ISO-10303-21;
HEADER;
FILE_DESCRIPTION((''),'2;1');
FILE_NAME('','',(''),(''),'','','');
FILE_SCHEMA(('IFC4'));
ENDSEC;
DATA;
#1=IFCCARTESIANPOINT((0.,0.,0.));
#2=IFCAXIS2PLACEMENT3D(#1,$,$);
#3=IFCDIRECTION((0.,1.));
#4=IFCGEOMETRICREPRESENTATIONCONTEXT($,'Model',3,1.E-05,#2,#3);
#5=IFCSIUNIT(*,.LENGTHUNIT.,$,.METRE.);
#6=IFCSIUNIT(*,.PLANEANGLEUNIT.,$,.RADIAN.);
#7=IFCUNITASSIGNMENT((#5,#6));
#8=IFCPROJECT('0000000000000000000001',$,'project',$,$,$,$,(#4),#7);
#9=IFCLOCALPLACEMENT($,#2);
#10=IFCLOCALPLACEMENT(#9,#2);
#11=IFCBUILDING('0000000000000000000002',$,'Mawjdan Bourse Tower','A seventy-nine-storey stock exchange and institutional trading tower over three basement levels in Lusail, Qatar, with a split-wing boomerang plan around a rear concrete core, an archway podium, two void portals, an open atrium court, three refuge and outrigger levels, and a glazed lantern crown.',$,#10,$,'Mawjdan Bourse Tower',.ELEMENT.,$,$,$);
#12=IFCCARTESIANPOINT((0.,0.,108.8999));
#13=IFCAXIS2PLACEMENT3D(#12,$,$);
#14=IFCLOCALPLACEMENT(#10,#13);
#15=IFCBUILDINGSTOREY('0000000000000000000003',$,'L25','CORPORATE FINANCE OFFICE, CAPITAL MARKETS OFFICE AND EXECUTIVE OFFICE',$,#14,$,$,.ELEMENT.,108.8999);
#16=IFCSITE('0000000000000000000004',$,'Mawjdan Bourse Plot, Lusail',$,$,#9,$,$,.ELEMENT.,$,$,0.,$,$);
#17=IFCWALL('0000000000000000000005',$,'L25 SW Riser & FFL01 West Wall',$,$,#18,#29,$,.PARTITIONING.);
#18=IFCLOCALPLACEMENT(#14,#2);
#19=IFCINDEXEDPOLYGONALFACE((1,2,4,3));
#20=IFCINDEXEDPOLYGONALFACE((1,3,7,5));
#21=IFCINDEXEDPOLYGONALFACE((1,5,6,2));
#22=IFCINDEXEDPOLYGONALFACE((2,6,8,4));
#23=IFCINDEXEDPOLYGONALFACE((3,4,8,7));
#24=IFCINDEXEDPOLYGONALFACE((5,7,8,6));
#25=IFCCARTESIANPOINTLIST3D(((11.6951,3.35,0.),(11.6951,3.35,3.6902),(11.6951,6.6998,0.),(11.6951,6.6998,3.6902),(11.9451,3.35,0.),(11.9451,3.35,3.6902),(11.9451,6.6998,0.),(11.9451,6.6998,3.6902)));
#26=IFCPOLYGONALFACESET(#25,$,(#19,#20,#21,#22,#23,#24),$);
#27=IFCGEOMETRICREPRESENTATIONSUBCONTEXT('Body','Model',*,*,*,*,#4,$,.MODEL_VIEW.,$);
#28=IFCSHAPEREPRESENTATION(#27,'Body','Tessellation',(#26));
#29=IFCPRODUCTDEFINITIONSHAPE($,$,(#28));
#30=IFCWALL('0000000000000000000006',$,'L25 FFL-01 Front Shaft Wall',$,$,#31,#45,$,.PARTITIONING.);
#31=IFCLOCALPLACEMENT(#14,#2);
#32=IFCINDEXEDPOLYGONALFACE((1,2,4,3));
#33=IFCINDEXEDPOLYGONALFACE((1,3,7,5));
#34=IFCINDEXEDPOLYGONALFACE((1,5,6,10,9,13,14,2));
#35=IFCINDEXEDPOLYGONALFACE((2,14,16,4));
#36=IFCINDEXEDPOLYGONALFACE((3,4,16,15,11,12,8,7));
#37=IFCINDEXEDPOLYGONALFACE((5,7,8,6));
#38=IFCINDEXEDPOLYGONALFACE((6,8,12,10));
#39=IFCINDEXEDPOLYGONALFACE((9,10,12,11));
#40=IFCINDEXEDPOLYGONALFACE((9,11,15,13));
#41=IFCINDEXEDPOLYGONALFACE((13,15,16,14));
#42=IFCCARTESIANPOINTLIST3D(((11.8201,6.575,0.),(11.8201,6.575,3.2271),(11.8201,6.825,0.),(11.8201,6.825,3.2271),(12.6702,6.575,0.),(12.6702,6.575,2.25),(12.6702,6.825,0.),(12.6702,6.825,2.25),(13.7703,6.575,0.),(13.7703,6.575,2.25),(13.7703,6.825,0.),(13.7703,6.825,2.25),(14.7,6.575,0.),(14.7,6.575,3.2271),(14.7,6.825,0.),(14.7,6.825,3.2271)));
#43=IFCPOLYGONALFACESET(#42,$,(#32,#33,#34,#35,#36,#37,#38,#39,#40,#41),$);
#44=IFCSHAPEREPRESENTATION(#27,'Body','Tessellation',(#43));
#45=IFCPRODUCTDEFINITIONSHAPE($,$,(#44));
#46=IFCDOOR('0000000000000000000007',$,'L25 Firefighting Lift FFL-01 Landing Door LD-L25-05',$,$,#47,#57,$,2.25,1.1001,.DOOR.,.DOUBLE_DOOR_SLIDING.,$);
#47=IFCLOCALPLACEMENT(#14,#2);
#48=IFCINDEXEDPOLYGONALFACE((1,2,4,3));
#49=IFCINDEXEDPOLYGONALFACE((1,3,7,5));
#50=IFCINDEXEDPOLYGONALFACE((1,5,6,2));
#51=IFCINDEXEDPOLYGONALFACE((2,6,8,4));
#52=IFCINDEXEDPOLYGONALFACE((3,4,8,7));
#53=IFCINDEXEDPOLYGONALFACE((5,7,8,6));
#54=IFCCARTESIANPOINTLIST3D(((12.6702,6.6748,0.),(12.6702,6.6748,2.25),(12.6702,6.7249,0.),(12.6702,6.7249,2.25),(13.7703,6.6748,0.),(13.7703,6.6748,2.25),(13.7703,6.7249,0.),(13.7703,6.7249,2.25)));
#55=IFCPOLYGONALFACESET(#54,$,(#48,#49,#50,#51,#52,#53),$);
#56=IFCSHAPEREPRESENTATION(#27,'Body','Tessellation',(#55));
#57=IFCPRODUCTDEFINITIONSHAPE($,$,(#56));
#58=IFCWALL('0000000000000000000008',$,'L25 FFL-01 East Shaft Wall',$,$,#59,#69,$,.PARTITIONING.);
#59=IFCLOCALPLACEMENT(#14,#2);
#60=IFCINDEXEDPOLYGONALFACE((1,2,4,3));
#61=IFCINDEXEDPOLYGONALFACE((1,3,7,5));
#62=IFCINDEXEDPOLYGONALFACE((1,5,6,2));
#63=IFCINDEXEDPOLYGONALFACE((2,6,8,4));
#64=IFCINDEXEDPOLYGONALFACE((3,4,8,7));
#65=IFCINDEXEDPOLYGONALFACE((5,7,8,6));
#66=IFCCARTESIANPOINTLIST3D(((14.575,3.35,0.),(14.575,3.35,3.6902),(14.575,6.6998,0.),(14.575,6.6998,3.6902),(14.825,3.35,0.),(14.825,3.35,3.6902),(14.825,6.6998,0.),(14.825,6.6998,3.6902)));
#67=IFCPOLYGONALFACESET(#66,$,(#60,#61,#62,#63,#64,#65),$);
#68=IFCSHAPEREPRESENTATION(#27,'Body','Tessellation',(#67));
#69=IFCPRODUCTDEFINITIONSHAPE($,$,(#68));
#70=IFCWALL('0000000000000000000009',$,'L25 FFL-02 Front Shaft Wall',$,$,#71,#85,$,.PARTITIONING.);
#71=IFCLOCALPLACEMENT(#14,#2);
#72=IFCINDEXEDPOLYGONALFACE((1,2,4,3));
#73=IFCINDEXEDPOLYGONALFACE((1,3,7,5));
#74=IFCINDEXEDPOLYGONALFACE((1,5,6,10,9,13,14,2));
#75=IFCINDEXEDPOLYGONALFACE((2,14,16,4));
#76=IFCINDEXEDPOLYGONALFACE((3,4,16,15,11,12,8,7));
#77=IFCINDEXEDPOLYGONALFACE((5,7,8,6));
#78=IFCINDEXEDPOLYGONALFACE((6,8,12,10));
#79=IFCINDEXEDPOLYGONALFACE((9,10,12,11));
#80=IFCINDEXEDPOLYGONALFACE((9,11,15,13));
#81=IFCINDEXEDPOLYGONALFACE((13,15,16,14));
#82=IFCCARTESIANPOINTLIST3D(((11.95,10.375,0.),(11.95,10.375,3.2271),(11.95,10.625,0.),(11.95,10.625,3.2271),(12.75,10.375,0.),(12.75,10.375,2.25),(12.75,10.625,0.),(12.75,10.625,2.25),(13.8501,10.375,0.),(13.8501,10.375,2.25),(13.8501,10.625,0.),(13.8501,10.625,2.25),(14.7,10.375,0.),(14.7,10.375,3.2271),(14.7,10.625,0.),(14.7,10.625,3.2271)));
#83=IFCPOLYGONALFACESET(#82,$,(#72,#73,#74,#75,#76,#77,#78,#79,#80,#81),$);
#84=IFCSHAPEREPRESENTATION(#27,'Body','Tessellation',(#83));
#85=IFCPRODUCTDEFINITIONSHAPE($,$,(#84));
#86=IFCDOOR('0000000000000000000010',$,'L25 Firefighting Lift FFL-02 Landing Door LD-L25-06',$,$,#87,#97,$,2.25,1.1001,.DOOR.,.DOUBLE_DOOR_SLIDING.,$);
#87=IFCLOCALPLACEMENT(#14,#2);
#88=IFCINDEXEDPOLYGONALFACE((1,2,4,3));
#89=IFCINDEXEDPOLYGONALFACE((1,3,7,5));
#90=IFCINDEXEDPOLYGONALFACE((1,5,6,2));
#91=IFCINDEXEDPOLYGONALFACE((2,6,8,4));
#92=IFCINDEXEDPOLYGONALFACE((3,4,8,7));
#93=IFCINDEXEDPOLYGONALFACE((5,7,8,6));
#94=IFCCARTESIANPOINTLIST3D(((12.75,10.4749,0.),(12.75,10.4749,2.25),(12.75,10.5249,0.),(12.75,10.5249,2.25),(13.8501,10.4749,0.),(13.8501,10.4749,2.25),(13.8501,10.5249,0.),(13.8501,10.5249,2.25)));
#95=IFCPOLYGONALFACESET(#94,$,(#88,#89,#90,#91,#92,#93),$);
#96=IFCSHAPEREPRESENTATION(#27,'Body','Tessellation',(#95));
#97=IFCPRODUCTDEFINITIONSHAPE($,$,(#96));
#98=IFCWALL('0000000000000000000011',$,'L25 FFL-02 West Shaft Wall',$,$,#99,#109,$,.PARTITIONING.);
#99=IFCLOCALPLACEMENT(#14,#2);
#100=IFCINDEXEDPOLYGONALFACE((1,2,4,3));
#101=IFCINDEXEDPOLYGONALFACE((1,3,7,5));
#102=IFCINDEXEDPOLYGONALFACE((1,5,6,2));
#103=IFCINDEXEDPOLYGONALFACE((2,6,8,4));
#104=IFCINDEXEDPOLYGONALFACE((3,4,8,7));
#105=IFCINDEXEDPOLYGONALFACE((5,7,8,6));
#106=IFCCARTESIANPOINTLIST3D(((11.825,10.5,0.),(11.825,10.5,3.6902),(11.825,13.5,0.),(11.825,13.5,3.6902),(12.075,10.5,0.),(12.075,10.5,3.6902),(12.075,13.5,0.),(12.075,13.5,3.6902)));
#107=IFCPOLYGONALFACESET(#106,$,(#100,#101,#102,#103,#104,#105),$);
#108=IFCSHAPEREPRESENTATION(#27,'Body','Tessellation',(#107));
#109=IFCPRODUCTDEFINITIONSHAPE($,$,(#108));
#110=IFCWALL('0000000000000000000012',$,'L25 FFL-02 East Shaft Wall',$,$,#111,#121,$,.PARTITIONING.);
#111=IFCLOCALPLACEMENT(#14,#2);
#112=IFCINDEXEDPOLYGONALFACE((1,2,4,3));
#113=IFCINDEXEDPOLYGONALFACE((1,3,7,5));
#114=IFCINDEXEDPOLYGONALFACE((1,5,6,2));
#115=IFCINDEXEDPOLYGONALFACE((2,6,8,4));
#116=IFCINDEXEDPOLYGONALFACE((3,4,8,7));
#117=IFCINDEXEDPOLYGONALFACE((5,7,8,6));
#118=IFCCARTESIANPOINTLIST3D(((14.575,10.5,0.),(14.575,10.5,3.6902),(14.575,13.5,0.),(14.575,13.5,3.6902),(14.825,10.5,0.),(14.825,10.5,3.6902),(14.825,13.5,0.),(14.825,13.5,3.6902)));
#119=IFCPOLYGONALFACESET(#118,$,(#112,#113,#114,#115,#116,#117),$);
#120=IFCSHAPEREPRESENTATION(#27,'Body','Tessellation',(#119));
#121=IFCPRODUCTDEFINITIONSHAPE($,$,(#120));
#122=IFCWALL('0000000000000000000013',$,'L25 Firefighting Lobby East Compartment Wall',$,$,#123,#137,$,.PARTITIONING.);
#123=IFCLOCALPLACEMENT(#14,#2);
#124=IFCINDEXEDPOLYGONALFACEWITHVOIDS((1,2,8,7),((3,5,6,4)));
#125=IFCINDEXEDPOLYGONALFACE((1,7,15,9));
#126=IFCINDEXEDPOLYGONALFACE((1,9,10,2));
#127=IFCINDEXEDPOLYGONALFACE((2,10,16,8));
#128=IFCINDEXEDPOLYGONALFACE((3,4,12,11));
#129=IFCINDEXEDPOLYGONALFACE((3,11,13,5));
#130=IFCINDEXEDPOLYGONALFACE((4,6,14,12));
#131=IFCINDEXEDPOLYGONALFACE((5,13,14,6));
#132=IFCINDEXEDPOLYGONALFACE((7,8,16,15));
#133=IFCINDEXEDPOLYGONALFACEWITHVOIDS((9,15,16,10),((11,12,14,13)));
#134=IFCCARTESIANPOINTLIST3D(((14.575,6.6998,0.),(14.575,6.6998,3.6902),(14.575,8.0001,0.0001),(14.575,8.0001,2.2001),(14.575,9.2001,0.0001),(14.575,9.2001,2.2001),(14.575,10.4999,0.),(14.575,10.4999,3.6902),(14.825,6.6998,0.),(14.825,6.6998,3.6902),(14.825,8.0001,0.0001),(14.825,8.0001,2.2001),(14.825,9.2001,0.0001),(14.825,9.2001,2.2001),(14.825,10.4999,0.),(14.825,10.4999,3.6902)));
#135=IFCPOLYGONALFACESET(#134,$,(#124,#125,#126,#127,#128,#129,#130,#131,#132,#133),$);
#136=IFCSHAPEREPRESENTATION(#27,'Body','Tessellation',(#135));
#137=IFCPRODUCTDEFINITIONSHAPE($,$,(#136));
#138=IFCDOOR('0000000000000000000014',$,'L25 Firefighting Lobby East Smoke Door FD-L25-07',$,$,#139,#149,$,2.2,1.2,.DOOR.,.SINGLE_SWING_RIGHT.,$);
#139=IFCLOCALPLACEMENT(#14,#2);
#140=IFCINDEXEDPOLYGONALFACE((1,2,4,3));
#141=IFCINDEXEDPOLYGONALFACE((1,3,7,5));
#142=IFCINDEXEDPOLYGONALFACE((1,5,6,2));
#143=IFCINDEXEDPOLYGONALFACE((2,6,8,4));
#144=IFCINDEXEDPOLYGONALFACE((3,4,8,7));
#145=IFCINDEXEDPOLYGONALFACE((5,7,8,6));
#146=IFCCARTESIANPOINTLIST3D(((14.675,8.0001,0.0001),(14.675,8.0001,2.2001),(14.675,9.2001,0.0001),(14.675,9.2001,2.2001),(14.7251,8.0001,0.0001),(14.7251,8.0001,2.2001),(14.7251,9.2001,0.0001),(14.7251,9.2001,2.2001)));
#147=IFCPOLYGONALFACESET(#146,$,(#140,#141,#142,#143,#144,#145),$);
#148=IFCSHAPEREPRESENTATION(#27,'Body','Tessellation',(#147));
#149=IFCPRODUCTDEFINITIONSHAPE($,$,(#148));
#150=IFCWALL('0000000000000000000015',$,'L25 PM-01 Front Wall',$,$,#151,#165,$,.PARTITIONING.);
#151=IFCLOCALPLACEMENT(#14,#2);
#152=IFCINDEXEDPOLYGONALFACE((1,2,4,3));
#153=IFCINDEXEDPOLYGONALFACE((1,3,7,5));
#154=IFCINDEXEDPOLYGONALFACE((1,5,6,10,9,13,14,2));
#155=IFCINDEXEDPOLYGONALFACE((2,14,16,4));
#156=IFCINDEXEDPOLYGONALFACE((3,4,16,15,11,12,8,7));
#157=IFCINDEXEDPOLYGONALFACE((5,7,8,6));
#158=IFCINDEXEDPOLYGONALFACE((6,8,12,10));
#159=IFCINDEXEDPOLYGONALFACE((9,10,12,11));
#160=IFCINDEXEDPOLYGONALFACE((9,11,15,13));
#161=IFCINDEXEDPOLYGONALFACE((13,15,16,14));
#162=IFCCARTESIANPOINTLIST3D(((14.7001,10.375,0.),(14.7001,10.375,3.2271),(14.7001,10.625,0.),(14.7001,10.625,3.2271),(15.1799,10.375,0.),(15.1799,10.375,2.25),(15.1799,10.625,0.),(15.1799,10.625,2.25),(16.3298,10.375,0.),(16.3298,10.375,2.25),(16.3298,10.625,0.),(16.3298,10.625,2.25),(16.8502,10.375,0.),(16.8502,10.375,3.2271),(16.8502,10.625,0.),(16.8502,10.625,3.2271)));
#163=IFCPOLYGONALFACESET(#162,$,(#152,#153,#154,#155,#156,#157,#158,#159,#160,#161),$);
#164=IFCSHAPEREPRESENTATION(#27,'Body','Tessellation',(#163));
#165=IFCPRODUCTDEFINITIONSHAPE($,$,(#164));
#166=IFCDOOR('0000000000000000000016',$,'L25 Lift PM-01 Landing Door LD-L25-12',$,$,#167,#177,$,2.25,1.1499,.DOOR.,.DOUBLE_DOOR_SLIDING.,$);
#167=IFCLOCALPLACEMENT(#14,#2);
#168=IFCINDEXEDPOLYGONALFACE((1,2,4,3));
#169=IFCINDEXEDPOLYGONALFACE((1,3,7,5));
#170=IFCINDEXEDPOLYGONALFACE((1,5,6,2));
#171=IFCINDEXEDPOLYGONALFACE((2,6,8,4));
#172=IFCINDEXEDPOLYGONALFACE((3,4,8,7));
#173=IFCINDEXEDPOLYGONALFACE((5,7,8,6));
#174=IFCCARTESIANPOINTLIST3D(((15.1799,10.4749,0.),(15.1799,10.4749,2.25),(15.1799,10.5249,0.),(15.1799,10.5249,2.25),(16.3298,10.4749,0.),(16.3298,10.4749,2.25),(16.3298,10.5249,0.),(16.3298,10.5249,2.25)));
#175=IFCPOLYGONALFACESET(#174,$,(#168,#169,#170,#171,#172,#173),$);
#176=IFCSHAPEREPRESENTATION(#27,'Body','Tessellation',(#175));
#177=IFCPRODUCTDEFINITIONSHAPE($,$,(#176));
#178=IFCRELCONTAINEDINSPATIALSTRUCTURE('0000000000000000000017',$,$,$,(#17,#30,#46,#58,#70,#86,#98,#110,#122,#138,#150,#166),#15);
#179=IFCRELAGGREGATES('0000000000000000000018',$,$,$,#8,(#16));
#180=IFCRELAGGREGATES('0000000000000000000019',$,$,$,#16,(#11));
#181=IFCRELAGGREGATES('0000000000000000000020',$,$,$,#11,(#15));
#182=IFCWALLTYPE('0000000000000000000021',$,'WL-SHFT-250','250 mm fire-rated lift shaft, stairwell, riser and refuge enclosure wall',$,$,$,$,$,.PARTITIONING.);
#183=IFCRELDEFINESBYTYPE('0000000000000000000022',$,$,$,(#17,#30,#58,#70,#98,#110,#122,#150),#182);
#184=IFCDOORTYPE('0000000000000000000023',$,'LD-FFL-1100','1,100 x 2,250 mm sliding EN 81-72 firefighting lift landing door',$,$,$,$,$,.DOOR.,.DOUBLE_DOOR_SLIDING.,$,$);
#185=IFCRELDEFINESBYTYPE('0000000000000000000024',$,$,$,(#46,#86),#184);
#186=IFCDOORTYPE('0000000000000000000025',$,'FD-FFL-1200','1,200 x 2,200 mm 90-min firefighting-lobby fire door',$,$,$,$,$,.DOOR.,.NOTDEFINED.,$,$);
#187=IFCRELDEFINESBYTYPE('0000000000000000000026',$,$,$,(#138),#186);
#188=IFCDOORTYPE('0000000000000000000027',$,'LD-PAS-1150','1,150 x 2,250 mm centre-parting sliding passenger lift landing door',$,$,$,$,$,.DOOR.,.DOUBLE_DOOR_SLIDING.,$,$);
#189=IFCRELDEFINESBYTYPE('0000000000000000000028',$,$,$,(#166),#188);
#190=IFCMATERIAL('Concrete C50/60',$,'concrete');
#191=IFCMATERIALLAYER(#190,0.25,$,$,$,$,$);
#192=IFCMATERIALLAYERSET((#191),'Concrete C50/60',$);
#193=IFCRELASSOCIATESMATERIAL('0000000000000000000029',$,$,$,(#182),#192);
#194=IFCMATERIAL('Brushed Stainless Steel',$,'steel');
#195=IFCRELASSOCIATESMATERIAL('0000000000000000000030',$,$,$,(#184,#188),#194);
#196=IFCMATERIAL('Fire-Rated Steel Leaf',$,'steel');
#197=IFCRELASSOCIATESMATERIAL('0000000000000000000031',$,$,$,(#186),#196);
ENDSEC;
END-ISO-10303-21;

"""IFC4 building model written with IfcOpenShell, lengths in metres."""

from ifc_helpers import new_model, si_unit, direction, frame, frame_2d, origin, place, context, subcontext, project, spatial, rectangle, extrude, material, layer, layer_set, type_object, element, fill, save


model = new_model("IFC4")

# Units and contexts
model_context = context("Model", 3, precision=1e-05, world=origin(), true_north=direction((0.0, 1.0)))
body_context = subcontext(model_context, "Body", "Model", "MODEL_VIEW")
ifc_project = project(units=[si_unit("LENGTHUNIT", "METRE"), si_unit("PLANEANGLEUNIT", "RADIAN")], contexts=[model_context])

# Site, building, storey
site_placement = place(None, origin())
site = spatial("IfcSite", under=ifc_project, at=site_placement, Name="Mawjdan Bourse Plot, Lusail", CompositionType="ELEMENT", RefElevation=0.0)
building_placement = place(site_placement, origin())
building = spatial("IfcBuilding", under=site, at=building_placement, Name="Mawjdan Bourse Tower", Description="A seventy-nine-storey stock exchange and institutional trading tower over three basement levels in Lusail, Qatar, with a split-wing boomerang plan around a rear concrete core, an archway podium, two void portals, an open atrium court, three refuge and outrigger levels, and a glazed lantern crown.", LongName="Mawjdan Bourse Tower", CompositionType="ELEMENT")
storey_placement = place(building_placement, frame((0.0, 0.0, 108.8999)))
storey = spatial("IfcBuildingStorey", under=building, at=storey_placement, Name="L25", Description="CORPORATE FINANCE OFFICE, CAPITAL MARKETS OFFICE AND EXECUTIVE OFFICE", CompositionType="ELEMENT", Elevation=108.8999)

# Wall
ifc_material_1 = material(Name="Concrete C50/60", Category="concrete")
ifc_layer_1 = layer(ifc_material_1, 0.25)
ifc_layer_set_1 = layer_set([ifc_layer_1], Name="Concrete C50/60")
wall_type_1 = type_object("IfcWallType", Name="WL-SHFT-250", Description="250 mm fire-rated lift shaft, stairwell, riser and refuge enclosure wall", PredefinedType="PARTITIONING", material=ifc_layer_set_1)
wall_1_placement = place(storey_placement, frame((11.8201, 3.3501, 0.0), z_axis=(0.0, 0.0, 1.0), x_axis=(0.0, 1.0, 0.0)))
element("IfcWall", 1, at=wall_1_placement, inside=storey, type_object=wall_type_1, Name="L25 SW Riser & FFL01 West Wall", PredefinedType="PARTITIONING", context=body_context, shape_type="SweptSolid", body=[
    extrude(rectangle(XDim=3.3499, YDim=0.25, at=frame_2d((1.6748, 0.0))), origin(), (0.0, 0.0, 1.0), 3.6902),
])

# Wall, opening, door
wall_2_placement = place(storey_placement, frame((11.8201, 6.7, 0.0), z_axis=(0.0, 0.0, 1.0), x_axis=(1.0, 0.0, 0.0)))
wall_2 = element("IfcWall", 2, at=wall_2_placement, inside=storey, type_object=wall_type_1, Name="L25 FFL-01 Front Shaft Wall", PredefinedType="PARTITIONING", context=body_context, shape_type="SweptSolid", body=[
    extrude(rectangle(XDim=2.8799, YDim=0.25, at=frame_2d((1.4399, 0.0))), origin(), (0.0, 0.0, 1.0), 3.2271),
])
opening_1_placement = place(wall_2_placement, frame((0.8501, 0.0, 0.0)))
opening_1 = element("IfcOpeningElement", 3, at=opening_1_placement, cuts=wall_2, PredefinedType="OPENING", context=body_context, shape_type="SweptSolid", body=[
    extrude(rectangle(XDim=1.1001, YDim=2.25, at=frame_2d((0.55, 1.125))), frame((0.0, 0.135, 0.0), z_axis=(0.0, -1.0, 0.0), x_axis=(1.0, 0.0, 0.0)), (0.0, 0.0, 1.0), 0.27),
])
ifc_material_2 = material(Name="Brushed Stainless Steel", Category="steel")
door_type_1 = type_object("IfcDoorType", Name="LD-FFL-1100", Description="1,100 x 2,250 mm sliding EN 81-72 firefighting lift landing door", OperationType="DOUBLE_DOOR_SLIDING", PredefinedType="DOOR", material=ifc_material_2)
door_1_placement = place(opening_1_placement, origin())
door_1 = element("IfcDoor", 4, at=door_1_placement, inside=storey, type_object=door_type_1, Name="L25 Firefighting Lift FFL-01 Landing Door LD-L25-05", OperationType="DOUBLE_DOOR_SLIDING", OverallHeight=2.25, OverallWidth=1.1001, PredefinedType="DOOR", context=body_context, shape_type="SweptSolid", body=[
    extrude(rectangle(XDim=1.1001, YDim=2.25, at=frame_2d((0.55, 1.125))), frame((0.0, 0.0249, 0.0), z_axis=(0.0, -1.0, 0.0), x_axis=(1.0, 0.0, 0.0)), (0.0, 0.0, 1.0), 0.05),
])
fill(opening_1, door_1)

# Wall
wall_3_placement = place(storey_placement, frame((14.7, 3.3501, 0.0), z_axis=(0.0, 0.0, 1.0), x_axis=(0.0, 1.0, 0.0)))
element("IfcWall", 5, at=wall_3_placement, inside=storey, type_object=wall_type_1, Name="L25 FFL-01 East Shaft Wall", PredefinedType="PARTITIONING", context=body_context, shape_type="SweptSolid", body=[
    extrude(rectangle(XDim=3.3499, YDim=0.25, at=frame_2d((1.6748, 0.0))), origin(), (0.0, 0.0, 1.0), 3.6902),
])

# Wall, opening, door
wall_4_placement = place(storey_placement, frame((11.95, 10.5, 0.0), z_axis=(0.0, 0.0, 1.0), x_axis=(1.0, 0.0, 0.0)))
wall_4 = element("IfcWall", 6, at=wall_4_placement, inside=storey, type_object=wall_type_1, Name="L25 FFL-02 Front Shaft Wall", PredefinedType="PARTITIONING", context=body_context, shape_type="SweptSolid", body=[
    extrude(rectangle(XDim=2.75, YDim=0.25, at=frame_2d((1.375, 0.0))), origin(), (0.0, 0.0, 1.0), 3.2271),
])
opening_2_placement = place(wall_4_placement, frame((0.8, 0.0, 0.0)))
opening_2 = element("IfcOpeningElement", 7, at=opening_2_placement, cuts=wall_4, PredefinedType="OPENING", context=body_context, shape_type="SweptSolid", body=[
    extrude(rectangle(XDim=1.1001, YDim=2.25, at=frame_2d((0.55, 1.125))), frame((0.0, 0.135, 0.0), z_axis=(0.0, -1.0, 0.0), x_axis=(1.0, 0.0, 0.0)), (0.0, 0.0, 1.0), 0.27),
])
door_2_placement = place(opening_2_placement, origin())
door_2 = element("IfcDoor", 8, at=door_2_placement, inside=storey, type_object=door_type_1, Name="L25 Firefighting Lift FFL-02 Landing Door LD-L25-06", OperationType="DOUBLE_DOOR_SLIDING", OverallHeight=2.25, OverallWidth=1.1001, PredefinedType="DOOR", context=body_context, shape_type="SweptSolid", body=[
    extrude(rectangle(XDim=1.1001, YDim=2.25, at=frame_2d((0.55, 1.125))), frame((0.0, 0.0249, 0.0), z_axis=(0.0, -1.0, 0.0), x_axis=(1.0, 0.0, 0.0)), (0.0, 0.0, 1.0), 0.05),
])
fill(opening_2, door_2)

# Walls
for number, where, z_axis, x_axis, name in (
    (9, (11.95, 10.5, 0.0), (0.0, 0.0, 1.0), (0.0, 1.0, 0.0), "L25 FFL-02 West Shaft Wall"),
    (10, (14.7, 10.5, 0.0), (0.0, 0.0, 1.0), (0.0, 1.0, 0.0), "L25 FFL-02 East Shaft Wall"),
):
    element("IfcWall", number, at=place(storey_placement, frame(where, z_axis=z_axis, x_axis=x_axis)), inside=storey, type_object=wall_type_1, Name=name, PredefinedType="PARTITIONING", context=body_context, shape_type="SweptSolid", body=[
        extrude(rectangle(XDim=3.0, YDim=0.25, at=frame_2d((1.5, 0.0))), origin(), (0.0, 0.0, 1.0), 3.6902),
    ])

# Walls, openings, doors
wall_5_placement = place(storey_placement, frame((14.7, 6.7, 0.0), z_axis=(0.0, 0.0, 1.0), x_axis=(0.0, 1.0, 0.0)))
wall_5 = element("IfcWall", 11, at=wall_5_placement, inside=storey, type_object=wall_type_1, Name="L25 Firefighting Lobby East Compartment Wall", PredefinedType="PARTITIONING", context=body_context, shape_type="SweptSolid", body=[
    extrude(rectangle(XDim=3.8, YDim=0.25, at=frame_2d((1.8999, 0.0))), origin(), (0.0, 0.0, 1.0), 3.6902),
])
opening_3_placement = place(wall_5_placement, frame((1.3, 0.0, 0.0)))
opening_3 = element("IfcOpeningElement", 12, at=opening_3_placement, cuts=wall_5, PredefinedType="OPENING", context=body_context, shape_type="SweptSolid", body=[
    extrude(rectangle(XDim=1.2, YDim=2.2, at=frame_2d((0.6001, 1.1001))), frame((0.0, 0.135, 0.0), z_axis=(0.0, -1.0, 0.0), x_axis=(1.0, 0.0, 0.0)), (0.0, 0.0, 1.0), 0.27),
])
ifc_material_3 = material(Name="Fire-Rated Steel Leaf", Category="steel")
door_type_2 = type_object("IfcDoorType", Name="FD-FFL-1200", Description="1,200 x 2,200 mm 90-min firefighting-lobby fire door", OperationType="NOTDEFINED", PredefinedType="DOOR", material=ifc_material_3)
door_3_placement = place(opening_3_placement, origin())
door_3 = element("IfcDoor", 13, at=door_3_placement, inside=storey, type_object=door_type_2, Name="L25 Firefighting Lobby East Smoke Door FD-L25-07", OperationType="SINGLE_SWING_RIGHT", OverallHeight=2.2, OverallWidth=1.2, PredefinedType="DOOR", context=body_context, shape_type="SweptSolid", body=[
    extrude(rectangle(XDim=1.2, YDim=2.2, at=frame_2d((0.6001, 1.1001))), frame((0.0, 0.0249, 0.0), z_axis=(0.0, -1.0, 0.0), x_axis=(1.0, 0.0, 0.0)), (0.0, 0.0, 1.0), 0.05),
])
fill(opening_3, door_3)
wall_6_placement = place(storey_placement, frame((14.7, 10.5, 0.0), z_axis=(0.0, 0.0, 1.0), x_axis=(1.0, 0.0, 0.0)))
wall_6 = element("IfcWall", 14, at=wall_6_placement, inside=storey, type_object=wall_type_1, Name="L25 PM-01 Front Wall", PredefinedType="PARTITIONING", context=body_context, shape_type="SweptSolid", body=[
    extrude(rectangle(XDim=2.1501, YDim=0.25, at=frame_2d((1.0752, 0.0))), origin(), (0.0, 0.0, 1.0), 3.2271),
])
opening_4_placement = place(wall_6_placement, frame((0.48, 0.0, 0.0)))
opening_4 = element("IfcOpeningElement", 15, at=opening_4_placement, cuts=wall_6, PredefinedType="OPENING", context=body_context, shape_type="SweptSolid", body=[
    extrude(rectangle(XDim=1.1499, YDim=2.25, at=frame_2d((0.575, 1.125))), frame((0.0, 0.135, 0.0), z_axis=(0.0, -1.0, 0.0), x_axis=(1.0, 0.0, 0.0)), (0.0, 0.0, 1.0), 0.27),
])
door_type_3 = type_object("IfcDoorType", Name="LD-PAS-1150", Description="1,150 x 2,250 mm centre-parting sliding passenger lift landing door", OperationType="DOUBLE_DOOR_SLIDING", PredefinedType="DOOR", material=ifc_material_2)
door_4_placement = place(opening_4_placement, origin())
door_4 = element("IfcDoor", 16, at=door_4_placement, inside=storey, type_object=door_type_3, Name="L25 Lift PM-01 Landing Door LD-L25-12", OperationType="DOUBLE_DOOR_SLIDING", OverallHeight=2.25, OverallWidth=1.1499, PredefinedType="DOOR", context=body_context, shape_type="SweptSolid", body=[
    extrude(rectangle(XDim=1.1499, YDim=2.25, at=frame_2d((0.575, 1.125))), frame((0.0, 0.0249, 0.0), z_axis=(0.0, -1.0, 0.0), x_axis=(1.0, 0.0, 0.0)), (0.0, 0.0, 1.0), 0.05),
])
fill(opening_4, door_4)

save(model, "model.ifc")
